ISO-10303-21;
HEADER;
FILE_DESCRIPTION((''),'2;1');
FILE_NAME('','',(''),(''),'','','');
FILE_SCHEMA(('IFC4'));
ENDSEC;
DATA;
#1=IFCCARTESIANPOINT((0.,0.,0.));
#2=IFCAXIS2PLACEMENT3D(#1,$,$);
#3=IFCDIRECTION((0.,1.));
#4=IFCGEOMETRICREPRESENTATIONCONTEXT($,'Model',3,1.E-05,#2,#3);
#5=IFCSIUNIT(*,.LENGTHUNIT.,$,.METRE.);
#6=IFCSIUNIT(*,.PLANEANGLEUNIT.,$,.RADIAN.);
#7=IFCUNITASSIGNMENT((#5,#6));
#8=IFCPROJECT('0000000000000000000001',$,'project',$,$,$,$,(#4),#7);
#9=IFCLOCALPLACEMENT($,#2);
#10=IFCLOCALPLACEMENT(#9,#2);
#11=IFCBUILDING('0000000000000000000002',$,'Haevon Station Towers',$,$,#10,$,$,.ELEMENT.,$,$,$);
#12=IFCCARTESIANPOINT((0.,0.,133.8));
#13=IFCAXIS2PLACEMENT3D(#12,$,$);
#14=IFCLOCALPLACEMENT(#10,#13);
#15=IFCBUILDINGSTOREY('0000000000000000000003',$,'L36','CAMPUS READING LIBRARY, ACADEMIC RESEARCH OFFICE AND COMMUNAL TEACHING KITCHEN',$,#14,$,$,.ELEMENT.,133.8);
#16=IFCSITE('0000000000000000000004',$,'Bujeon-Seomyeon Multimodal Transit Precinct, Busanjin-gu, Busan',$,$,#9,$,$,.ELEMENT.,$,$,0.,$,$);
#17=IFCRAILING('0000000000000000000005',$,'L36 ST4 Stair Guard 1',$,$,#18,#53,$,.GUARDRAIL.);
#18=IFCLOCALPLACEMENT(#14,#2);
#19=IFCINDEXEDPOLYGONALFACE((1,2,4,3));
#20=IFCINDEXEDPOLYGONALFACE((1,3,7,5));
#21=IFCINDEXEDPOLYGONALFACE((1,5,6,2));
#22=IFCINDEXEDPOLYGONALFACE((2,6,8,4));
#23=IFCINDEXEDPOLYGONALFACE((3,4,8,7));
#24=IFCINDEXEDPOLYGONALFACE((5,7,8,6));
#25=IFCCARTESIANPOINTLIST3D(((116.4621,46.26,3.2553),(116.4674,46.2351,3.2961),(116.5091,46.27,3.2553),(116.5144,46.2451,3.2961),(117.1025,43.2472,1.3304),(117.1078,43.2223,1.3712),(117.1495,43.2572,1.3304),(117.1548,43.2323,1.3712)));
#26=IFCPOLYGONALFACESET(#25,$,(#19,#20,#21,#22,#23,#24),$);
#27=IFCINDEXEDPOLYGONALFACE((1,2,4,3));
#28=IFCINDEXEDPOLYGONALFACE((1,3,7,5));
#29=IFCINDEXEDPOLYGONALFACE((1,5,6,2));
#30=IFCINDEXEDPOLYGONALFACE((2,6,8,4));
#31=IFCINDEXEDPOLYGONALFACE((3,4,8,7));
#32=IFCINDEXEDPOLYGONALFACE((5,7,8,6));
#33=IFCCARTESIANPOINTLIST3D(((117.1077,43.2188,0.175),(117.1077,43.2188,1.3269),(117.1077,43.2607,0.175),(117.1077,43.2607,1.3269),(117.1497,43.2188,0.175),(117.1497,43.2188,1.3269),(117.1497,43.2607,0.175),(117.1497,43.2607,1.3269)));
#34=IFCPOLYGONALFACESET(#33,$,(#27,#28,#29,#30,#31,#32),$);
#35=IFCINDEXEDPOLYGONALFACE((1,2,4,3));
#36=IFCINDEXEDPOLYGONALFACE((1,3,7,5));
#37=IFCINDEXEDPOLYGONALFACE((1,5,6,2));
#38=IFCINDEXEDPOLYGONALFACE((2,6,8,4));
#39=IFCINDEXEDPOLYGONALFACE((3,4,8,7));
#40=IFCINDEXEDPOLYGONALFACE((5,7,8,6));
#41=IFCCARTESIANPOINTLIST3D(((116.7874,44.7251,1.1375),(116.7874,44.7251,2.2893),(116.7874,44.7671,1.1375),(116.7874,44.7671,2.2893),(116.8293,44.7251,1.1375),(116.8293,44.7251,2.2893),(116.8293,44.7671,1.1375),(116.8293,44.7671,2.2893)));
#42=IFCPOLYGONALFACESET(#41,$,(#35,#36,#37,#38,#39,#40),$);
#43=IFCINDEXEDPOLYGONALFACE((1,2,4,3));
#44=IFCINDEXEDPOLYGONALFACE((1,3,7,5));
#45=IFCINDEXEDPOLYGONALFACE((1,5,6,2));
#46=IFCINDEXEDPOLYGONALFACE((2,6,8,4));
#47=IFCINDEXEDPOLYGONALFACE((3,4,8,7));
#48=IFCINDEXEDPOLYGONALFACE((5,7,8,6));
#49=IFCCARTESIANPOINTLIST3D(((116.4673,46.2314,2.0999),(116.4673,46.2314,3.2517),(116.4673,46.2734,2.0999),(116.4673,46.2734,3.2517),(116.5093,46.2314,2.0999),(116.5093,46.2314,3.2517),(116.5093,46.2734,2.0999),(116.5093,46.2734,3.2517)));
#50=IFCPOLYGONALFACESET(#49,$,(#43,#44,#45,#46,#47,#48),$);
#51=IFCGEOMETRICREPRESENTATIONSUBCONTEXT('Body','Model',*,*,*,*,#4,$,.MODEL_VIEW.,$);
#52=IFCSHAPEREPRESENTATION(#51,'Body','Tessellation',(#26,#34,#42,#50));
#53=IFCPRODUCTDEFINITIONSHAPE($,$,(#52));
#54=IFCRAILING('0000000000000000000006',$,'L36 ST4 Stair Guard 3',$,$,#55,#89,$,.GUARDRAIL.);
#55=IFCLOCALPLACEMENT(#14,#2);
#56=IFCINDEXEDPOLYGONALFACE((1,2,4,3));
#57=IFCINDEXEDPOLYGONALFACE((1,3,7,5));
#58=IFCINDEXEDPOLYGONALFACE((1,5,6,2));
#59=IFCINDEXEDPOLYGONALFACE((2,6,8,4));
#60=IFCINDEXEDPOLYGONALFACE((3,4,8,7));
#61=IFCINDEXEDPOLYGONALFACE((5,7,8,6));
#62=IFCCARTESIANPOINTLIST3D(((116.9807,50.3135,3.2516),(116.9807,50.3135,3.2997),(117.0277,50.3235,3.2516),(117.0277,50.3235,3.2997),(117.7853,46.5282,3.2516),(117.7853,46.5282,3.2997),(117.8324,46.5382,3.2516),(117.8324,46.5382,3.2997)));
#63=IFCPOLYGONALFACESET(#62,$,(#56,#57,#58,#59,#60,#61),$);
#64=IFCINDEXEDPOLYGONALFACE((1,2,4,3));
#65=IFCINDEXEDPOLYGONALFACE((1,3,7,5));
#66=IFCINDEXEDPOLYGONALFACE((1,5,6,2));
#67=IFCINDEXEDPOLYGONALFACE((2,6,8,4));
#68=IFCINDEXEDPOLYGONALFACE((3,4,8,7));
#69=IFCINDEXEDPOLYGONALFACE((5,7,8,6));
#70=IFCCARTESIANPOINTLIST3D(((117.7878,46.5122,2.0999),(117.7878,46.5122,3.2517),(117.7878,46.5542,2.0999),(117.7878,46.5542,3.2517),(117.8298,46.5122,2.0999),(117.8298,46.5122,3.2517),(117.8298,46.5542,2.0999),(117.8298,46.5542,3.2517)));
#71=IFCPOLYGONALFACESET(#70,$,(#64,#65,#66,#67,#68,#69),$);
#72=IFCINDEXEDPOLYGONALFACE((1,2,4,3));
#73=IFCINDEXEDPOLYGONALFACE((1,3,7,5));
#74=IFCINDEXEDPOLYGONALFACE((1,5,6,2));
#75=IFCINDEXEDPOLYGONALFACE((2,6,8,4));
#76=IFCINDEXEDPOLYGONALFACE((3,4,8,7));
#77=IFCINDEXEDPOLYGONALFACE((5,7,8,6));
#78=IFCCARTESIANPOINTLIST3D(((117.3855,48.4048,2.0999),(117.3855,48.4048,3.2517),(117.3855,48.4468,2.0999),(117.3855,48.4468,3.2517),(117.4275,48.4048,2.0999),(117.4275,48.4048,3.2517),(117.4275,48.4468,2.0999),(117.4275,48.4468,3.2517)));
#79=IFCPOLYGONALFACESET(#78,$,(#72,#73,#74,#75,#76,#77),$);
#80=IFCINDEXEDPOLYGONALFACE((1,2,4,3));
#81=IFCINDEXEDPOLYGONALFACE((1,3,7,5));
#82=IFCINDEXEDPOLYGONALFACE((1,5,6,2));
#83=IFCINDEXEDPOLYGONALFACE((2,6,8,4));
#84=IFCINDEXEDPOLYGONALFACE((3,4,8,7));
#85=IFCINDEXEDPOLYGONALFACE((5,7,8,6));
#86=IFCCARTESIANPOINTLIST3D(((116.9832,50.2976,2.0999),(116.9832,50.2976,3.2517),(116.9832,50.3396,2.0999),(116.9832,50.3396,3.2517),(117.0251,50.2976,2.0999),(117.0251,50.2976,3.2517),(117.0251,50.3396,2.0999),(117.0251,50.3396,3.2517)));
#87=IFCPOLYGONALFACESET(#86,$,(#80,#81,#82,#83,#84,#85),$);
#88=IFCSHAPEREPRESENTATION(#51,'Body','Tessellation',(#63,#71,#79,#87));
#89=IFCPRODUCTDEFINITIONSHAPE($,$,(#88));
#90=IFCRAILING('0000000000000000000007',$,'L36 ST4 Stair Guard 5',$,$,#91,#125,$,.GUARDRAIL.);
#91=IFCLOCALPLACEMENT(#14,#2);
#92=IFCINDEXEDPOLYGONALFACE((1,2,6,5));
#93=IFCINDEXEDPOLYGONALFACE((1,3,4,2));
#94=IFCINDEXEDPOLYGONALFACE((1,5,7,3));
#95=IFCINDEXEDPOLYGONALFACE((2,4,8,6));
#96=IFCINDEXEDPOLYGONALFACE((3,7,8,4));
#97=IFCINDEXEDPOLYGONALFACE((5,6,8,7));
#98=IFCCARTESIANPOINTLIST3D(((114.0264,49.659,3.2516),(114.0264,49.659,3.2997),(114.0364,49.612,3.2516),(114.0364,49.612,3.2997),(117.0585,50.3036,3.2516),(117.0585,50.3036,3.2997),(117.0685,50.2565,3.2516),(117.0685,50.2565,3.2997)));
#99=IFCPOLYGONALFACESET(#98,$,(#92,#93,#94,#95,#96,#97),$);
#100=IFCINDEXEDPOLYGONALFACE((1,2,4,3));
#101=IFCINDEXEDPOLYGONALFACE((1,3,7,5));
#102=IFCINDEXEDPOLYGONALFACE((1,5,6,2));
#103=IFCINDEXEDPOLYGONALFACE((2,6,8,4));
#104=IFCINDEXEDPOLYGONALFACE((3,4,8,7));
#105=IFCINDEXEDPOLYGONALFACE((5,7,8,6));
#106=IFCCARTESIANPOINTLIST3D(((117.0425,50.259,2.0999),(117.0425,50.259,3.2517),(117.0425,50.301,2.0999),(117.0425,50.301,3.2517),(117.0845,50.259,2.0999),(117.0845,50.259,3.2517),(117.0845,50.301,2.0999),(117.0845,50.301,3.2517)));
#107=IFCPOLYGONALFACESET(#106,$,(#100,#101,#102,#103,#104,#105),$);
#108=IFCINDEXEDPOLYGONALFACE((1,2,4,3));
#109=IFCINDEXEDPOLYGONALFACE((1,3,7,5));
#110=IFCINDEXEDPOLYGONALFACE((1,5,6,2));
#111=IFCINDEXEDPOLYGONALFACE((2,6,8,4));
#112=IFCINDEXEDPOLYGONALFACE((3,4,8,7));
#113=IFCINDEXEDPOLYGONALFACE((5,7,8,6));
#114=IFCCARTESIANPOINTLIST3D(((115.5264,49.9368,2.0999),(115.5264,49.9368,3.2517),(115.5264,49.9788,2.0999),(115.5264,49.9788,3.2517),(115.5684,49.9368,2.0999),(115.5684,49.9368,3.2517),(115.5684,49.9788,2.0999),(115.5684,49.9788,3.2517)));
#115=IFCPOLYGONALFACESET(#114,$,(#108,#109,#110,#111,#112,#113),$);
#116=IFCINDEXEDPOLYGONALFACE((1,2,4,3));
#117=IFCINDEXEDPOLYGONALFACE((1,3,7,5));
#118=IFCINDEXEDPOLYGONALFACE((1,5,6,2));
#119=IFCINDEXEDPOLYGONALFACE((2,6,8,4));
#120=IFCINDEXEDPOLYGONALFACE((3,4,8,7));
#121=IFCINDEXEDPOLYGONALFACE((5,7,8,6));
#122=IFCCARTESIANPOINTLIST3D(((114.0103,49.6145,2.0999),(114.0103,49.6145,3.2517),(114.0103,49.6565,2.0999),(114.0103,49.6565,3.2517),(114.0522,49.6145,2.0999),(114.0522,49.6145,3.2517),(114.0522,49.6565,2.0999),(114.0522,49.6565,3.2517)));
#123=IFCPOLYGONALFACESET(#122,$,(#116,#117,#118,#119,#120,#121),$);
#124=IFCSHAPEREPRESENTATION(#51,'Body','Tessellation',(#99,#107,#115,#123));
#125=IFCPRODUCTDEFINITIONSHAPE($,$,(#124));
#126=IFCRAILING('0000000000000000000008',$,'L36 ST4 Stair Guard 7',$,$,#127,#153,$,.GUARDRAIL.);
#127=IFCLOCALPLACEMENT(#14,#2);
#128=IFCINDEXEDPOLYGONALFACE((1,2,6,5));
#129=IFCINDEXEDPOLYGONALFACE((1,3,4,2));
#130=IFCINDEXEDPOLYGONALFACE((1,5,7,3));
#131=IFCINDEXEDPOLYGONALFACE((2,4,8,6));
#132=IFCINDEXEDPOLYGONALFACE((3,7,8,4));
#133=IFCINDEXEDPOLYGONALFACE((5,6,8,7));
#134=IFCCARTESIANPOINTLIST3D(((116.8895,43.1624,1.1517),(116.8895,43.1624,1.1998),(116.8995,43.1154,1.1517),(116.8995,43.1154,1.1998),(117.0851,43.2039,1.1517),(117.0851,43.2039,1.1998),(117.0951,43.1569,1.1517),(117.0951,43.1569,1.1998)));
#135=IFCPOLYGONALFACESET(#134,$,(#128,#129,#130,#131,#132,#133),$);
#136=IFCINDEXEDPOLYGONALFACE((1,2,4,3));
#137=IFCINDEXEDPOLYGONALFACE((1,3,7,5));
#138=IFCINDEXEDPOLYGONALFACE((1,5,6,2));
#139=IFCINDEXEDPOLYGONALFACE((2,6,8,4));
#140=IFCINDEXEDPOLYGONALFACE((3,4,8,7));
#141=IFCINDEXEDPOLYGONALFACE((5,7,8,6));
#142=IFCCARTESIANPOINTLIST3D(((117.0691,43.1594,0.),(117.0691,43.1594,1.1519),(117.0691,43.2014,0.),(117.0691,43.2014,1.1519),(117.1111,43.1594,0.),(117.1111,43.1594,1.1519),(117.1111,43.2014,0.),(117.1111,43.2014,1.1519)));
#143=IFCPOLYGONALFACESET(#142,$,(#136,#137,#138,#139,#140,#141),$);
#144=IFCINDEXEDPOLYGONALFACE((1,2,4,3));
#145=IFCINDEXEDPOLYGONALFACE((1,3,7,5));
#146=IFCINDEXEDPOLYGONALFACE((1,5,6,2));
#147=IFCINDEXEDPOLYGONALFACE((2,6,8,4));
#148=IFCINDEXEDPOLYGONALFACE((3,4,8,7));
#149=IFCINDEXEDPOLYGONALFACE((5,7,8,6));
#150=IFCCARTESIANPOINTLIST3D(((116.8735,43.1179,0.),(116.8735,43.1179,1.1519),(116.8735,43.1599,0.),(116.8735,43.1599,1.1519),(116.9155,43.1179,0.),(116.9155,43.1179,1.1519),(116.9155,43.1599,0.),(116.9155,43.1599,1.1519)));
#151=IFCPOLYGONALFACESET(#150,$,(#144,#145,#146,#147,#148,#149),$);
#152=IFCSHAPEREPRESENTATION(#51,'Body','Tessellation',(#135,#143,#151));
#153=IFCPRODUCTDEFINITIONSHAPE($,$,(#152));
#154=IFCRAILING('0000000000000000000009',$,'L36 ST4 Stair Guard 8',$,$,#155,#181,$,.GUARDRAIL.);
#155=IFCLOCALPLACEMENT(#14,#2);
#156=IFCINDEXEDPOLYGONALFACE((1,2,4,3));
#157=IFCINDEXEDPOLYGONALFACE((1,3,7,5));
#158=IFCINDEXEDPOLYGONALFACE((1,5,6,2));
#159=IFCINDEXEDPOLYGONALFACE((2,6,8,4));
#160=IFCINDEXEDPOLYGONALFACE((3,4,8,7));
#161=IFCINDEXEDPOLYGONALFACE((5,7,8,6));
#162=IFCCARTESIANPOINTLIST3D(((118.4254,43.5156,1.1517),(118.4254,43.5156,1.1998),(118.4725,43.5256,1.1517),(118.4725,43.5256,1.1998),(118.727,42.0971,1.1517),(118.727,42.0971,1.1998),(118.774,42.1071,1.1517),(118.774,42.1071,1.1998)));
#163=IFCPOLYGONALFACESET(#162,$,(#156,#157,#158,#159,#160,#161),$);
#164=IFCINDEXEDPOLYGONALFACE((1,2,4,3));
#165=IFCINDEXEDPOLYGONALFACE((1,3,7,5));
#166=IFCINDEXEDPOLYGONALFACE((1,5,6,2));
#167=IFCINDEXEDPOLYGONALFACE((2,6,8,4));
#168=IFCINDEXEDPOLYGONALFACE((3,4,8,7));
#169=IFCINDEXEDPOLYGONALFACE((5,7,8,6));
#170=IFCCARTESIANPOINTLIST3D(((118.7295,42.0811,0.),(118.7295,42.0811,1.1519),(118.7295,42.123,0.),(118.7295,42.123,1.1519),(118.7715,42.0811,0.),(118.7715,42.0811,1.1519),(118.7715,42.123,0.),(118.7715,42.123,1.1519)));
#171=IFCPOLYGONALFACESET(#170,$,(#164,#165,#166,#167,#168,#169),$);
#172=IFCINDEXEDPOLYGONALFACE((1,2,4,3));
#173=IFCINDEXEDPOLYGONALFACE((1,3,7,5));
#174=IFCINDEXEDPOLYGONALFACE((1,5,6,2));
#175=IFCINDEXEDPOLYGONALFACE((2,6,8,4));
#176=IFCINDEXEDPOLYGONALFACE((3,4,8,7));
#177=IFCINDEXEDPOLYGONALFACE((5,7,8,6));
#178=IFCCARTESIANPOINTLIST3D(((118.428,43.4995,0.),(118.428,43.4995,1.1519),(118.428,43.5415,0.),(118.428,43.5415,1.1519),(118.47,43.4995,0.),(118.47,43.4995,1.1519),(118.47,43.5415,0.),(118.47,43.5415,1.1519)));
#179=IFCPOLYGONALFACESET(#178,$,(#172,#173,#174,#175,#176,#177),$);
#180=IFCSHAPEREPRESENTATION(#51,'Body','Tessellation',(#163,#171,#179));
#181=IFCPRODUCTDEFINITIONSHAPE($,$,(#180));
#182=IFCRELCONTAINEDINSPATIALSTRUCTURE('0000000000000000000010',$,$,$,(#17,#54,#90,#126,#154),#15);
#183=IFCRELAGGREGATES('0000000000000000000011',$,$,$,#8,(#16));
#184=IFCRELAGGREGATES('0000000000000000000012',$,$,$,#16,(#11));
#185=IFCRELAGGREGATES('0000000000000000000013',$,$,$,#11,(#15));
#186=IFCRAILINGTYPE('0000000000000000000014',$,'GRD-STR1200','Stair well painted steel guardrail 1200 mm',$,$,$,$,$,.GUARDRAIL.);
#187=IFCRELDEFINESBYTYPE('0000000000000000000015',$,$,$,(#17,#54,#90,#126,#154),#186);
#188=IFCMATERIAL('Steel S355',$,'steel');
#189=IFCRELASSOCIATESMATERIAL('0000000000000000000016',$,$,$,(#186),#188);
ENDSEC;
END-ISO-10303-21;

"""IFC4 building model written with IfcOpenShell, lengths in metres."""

from ifc_helpers import new_model, si_unit, direction, frame, origin, origin_2d, place, context, subcontext, project, spatial, rectangle, extrude, material, type_object, element, save


model = new_model("IFC4")

# Units and contexts
model_context = context("Model", 3, precision=1e-05, world=origin(), true_north=direction((0.0, 1.0)))
body_context = subcontext(model_context, "Body", "Model", "MODEL_VIEW")
ifc_project = project(units=[si_unit("LENGTHUNIT", "METRE"), si_unit("PLANEANGLEUNIT", "RADIAN")], contexts=[model_context])

# Site, building, storey
site_placement = place(None, origin())
site = spatial("IfcSite", under=ifc_project, at=site_placement, Name="Bujeon-Seomyeon Multimodal Transit Precinct, Busanjin-gu, Busan", CompositionType="ELEMENT", RefElevation=0.0)
building_placement = place(site_placement, origin())
building = spatial("IfcBuilding", under=site, at=building_placement, Name="Haevon Station Towers", CompositionType="ELEMENT")
storey_placement = place(building_placement, frame((0.0, 0.0, 133.8)))
storey = spatial("IfcBuildingStorey", under=building, at=storey_placement, Name="L36", Description="CAMPUS READING LIBRARY, ACADEMIC RESEARCH OFFICE AND COMMUNAL TEACHING KITCHEN", CompositionType="ELEMENT", Elevation=133.8)

# Shared definitions
ifc_material_1 = material(Name="Steel S355", Category="steel")

# Railings
railing_type_1 = type_object("IfcRailingType", Name="GRD-STR1200", Description="Stair well painted steel guardrail 1200 mm", PredefinedType="GUARDRAIL", material=ifc_material_1)
railing_1_placement = place(storey_placement, frame((117.1287, 43.2397, 0.175)))
element("IfcRailing", 1, at=railing_1_placement, inside=storey, type_object=railing_type_1, Name="L36 ST4 Stair Guard 1", PredefinedType="GUARDRAIL", context=body_context, shape_type="SweptSolid", body=[
    extrude(rectangle(XDim=0.0481, YDim=0.0481, at=origin_2d()), frame((0.0, 0.0, 1.1758), z_axis=(-0.176317, 0.829491, 0.52996), x_axis=(-0.978147, -0.207916, 0.0)), (0.0, 0.0, 1.0), 3.6321),
    extrude(rectangle(XDim=0.042, YDim=0.042, at=origin_2d()), origin(), (0.0, 0.0, 1.0), 1.1519),
    extrude(rectangle(XDim=0.042, YDim=0.042, at=origin_2d()), frame((-0.3203, 1.5063, 0.9624)), (0.0, 0.0, 1.0), 1.1519),
    extrude(rectangle(XDim=0.042, YDim=0.042, at=origin_2d()), frame((-0.6404, 3.0127, 1.9248)), (0.0, 0.0, 1.0), 1.1519),
])
railing_2_placement = place(storey_placement, frame((117.8088, 46.5332, 2.0999)))
element("IfcRailing", 2, at=railing_2_placement, inside=storey, type_object=railing_type_1, Name="L36 ST4 Stair Guard 3", PredefinedType="GUARDRAIL", context=body_context, shape_type="SweptSolid", body=[
    extrude(rectangle(XDim=0.0481, YDim=0.0481, at=origin_2d()), frame((0.0, 0.0, 1.1758), z_axis=(-0.20793, 0.978144, 0.0), x_axis=(-0.978144, -0.20793, 0.0)), (0.0, 0.0, 1.0), 3.8699),
    extrude(rectangle(XDim=0.042, YDim=0.042, at=origin_2d()), origin(), (0.0, 0.0, 1.0), 1.1519),
    extrude(rectangle(XDim=0.042, YDim=0.042, at=origin_2d()), frame((-0.4023, 1.8926, 0.0)), (0.0, 0.0, 1.0), 1.1519),
    extrude(rectangle(XDim=0.042, YDim=0.042, at=origin_2d()), frame((-0.8047, 3.7854, 0.0)), (0.0, 0.0, 1.0), 1.1519),
])
railing_3_placement = place(storey_placement, frame((117.0635, 50.28, 2.0999)))
element("IfcRailing", 3, at=railing_3_placement, inside=storey, type_object=railing_type_1, Name="L36 ST4 Stair Guard 5", PredefinedType="GUARDRAIL", context=body_context, shape_type="SweptSolid", body=[
    extrude(rectangle(XDim=0.0481, YDim=0.0481, at=origin_2d()), frame((0.0, 0.0, 1.1758), z_axis=(-0.978147, -0.207915, 0.0), x_axis=(0.207915, -0.978147, 0.0)), (0.0, 0.0, 1.0), 3.0999),
    extrude(rectangle(XDim=0.042, YDim=0.042, at=origin_2d()), origin(), (0.0, 0.0, 1.0), 1.1519),
    extrude(rectangle(XDim=0.042, YDim=0.042, at=origin_2d()), frame((-1.5161, -0.3223, 0.0)), (0.0, 0.0, 1.0), 1.1519),
    extrude(rectangle(XDim=0.042, YDim=0.042, at=origin_2d()), frame((-3.0322, -0.6445, 0.0)), (0.0, 0.0, 1.0), 1.1519),
])
railing_4_placement = place(storey_placement, frame((117.0901, 43.1804, 0.0)))
element("IfcRailing", 4, at=railing_4_placement, inside=storey, type_object=railing_type_1, Name="L36 ST4 Stair Guard 7", PredefinedType="GUARDRAIL", context=body_context, shape_type="SweptSolid", body=[
    extrude(rectangle(XDim=0.0481, YDim=0.0481, at=origin_2d()), frame((0.0, 0.0, 1.1758), z_axis=(-0.978212, -0.20761, 0.0), x_axis=(0.20761, -0.978212, 0.0)), (0.0, 0.0, 1.0), 0.2),
    extrude(rectangle(XDim=0.042, YDim=0.042, at=origin_2d()), origin(), (0.0, 0.0, 1.0), 1.1519),
    extrude(rectangle(XDim=0.042, YDim=0.042, at=origin_2d()), frame((-0.1956, -0.0415, 0.0)), (0.0, 0.0, 1.0), 1.1519),
])
railing_5_placement = place(storey_placement, frame((118.7505, 42.1021, 0.0)))
element("IfcRailing", 5, at=railing_5_placement, inside=storey, type_object=railing_type_1, Name="L36 ST4 Stair Guard 8", PredefinedType="GUARDRAIL", context=body_context, shape_type="SweptSolid", body=[
    extrude(rectangle(XDim=0.0481, YDim=0.0481, at=origin_2d()), frame((0.0, 0.0, 1.1758), z_axis=(-0.207919, 0.978146, 0.0), x_axis=(-0.978146, -0.207919, 0.0)), (0.0, 0.0, 1.0), 1.4502),
    extrude(rectangle(XDim=0.042, YDim=0.042, at=origin_2d()), origin(), (0.0, 0.0, 1.0), 1.1519),
    extrude(rectangle(XDim=0.042, YDim=0.042, at=origin_2d()), frame((-0.3015, 1.4185, 0.0)), (0.0, 0.0, 1.0), 1.1519),
])

save(model, "model.ifc")
